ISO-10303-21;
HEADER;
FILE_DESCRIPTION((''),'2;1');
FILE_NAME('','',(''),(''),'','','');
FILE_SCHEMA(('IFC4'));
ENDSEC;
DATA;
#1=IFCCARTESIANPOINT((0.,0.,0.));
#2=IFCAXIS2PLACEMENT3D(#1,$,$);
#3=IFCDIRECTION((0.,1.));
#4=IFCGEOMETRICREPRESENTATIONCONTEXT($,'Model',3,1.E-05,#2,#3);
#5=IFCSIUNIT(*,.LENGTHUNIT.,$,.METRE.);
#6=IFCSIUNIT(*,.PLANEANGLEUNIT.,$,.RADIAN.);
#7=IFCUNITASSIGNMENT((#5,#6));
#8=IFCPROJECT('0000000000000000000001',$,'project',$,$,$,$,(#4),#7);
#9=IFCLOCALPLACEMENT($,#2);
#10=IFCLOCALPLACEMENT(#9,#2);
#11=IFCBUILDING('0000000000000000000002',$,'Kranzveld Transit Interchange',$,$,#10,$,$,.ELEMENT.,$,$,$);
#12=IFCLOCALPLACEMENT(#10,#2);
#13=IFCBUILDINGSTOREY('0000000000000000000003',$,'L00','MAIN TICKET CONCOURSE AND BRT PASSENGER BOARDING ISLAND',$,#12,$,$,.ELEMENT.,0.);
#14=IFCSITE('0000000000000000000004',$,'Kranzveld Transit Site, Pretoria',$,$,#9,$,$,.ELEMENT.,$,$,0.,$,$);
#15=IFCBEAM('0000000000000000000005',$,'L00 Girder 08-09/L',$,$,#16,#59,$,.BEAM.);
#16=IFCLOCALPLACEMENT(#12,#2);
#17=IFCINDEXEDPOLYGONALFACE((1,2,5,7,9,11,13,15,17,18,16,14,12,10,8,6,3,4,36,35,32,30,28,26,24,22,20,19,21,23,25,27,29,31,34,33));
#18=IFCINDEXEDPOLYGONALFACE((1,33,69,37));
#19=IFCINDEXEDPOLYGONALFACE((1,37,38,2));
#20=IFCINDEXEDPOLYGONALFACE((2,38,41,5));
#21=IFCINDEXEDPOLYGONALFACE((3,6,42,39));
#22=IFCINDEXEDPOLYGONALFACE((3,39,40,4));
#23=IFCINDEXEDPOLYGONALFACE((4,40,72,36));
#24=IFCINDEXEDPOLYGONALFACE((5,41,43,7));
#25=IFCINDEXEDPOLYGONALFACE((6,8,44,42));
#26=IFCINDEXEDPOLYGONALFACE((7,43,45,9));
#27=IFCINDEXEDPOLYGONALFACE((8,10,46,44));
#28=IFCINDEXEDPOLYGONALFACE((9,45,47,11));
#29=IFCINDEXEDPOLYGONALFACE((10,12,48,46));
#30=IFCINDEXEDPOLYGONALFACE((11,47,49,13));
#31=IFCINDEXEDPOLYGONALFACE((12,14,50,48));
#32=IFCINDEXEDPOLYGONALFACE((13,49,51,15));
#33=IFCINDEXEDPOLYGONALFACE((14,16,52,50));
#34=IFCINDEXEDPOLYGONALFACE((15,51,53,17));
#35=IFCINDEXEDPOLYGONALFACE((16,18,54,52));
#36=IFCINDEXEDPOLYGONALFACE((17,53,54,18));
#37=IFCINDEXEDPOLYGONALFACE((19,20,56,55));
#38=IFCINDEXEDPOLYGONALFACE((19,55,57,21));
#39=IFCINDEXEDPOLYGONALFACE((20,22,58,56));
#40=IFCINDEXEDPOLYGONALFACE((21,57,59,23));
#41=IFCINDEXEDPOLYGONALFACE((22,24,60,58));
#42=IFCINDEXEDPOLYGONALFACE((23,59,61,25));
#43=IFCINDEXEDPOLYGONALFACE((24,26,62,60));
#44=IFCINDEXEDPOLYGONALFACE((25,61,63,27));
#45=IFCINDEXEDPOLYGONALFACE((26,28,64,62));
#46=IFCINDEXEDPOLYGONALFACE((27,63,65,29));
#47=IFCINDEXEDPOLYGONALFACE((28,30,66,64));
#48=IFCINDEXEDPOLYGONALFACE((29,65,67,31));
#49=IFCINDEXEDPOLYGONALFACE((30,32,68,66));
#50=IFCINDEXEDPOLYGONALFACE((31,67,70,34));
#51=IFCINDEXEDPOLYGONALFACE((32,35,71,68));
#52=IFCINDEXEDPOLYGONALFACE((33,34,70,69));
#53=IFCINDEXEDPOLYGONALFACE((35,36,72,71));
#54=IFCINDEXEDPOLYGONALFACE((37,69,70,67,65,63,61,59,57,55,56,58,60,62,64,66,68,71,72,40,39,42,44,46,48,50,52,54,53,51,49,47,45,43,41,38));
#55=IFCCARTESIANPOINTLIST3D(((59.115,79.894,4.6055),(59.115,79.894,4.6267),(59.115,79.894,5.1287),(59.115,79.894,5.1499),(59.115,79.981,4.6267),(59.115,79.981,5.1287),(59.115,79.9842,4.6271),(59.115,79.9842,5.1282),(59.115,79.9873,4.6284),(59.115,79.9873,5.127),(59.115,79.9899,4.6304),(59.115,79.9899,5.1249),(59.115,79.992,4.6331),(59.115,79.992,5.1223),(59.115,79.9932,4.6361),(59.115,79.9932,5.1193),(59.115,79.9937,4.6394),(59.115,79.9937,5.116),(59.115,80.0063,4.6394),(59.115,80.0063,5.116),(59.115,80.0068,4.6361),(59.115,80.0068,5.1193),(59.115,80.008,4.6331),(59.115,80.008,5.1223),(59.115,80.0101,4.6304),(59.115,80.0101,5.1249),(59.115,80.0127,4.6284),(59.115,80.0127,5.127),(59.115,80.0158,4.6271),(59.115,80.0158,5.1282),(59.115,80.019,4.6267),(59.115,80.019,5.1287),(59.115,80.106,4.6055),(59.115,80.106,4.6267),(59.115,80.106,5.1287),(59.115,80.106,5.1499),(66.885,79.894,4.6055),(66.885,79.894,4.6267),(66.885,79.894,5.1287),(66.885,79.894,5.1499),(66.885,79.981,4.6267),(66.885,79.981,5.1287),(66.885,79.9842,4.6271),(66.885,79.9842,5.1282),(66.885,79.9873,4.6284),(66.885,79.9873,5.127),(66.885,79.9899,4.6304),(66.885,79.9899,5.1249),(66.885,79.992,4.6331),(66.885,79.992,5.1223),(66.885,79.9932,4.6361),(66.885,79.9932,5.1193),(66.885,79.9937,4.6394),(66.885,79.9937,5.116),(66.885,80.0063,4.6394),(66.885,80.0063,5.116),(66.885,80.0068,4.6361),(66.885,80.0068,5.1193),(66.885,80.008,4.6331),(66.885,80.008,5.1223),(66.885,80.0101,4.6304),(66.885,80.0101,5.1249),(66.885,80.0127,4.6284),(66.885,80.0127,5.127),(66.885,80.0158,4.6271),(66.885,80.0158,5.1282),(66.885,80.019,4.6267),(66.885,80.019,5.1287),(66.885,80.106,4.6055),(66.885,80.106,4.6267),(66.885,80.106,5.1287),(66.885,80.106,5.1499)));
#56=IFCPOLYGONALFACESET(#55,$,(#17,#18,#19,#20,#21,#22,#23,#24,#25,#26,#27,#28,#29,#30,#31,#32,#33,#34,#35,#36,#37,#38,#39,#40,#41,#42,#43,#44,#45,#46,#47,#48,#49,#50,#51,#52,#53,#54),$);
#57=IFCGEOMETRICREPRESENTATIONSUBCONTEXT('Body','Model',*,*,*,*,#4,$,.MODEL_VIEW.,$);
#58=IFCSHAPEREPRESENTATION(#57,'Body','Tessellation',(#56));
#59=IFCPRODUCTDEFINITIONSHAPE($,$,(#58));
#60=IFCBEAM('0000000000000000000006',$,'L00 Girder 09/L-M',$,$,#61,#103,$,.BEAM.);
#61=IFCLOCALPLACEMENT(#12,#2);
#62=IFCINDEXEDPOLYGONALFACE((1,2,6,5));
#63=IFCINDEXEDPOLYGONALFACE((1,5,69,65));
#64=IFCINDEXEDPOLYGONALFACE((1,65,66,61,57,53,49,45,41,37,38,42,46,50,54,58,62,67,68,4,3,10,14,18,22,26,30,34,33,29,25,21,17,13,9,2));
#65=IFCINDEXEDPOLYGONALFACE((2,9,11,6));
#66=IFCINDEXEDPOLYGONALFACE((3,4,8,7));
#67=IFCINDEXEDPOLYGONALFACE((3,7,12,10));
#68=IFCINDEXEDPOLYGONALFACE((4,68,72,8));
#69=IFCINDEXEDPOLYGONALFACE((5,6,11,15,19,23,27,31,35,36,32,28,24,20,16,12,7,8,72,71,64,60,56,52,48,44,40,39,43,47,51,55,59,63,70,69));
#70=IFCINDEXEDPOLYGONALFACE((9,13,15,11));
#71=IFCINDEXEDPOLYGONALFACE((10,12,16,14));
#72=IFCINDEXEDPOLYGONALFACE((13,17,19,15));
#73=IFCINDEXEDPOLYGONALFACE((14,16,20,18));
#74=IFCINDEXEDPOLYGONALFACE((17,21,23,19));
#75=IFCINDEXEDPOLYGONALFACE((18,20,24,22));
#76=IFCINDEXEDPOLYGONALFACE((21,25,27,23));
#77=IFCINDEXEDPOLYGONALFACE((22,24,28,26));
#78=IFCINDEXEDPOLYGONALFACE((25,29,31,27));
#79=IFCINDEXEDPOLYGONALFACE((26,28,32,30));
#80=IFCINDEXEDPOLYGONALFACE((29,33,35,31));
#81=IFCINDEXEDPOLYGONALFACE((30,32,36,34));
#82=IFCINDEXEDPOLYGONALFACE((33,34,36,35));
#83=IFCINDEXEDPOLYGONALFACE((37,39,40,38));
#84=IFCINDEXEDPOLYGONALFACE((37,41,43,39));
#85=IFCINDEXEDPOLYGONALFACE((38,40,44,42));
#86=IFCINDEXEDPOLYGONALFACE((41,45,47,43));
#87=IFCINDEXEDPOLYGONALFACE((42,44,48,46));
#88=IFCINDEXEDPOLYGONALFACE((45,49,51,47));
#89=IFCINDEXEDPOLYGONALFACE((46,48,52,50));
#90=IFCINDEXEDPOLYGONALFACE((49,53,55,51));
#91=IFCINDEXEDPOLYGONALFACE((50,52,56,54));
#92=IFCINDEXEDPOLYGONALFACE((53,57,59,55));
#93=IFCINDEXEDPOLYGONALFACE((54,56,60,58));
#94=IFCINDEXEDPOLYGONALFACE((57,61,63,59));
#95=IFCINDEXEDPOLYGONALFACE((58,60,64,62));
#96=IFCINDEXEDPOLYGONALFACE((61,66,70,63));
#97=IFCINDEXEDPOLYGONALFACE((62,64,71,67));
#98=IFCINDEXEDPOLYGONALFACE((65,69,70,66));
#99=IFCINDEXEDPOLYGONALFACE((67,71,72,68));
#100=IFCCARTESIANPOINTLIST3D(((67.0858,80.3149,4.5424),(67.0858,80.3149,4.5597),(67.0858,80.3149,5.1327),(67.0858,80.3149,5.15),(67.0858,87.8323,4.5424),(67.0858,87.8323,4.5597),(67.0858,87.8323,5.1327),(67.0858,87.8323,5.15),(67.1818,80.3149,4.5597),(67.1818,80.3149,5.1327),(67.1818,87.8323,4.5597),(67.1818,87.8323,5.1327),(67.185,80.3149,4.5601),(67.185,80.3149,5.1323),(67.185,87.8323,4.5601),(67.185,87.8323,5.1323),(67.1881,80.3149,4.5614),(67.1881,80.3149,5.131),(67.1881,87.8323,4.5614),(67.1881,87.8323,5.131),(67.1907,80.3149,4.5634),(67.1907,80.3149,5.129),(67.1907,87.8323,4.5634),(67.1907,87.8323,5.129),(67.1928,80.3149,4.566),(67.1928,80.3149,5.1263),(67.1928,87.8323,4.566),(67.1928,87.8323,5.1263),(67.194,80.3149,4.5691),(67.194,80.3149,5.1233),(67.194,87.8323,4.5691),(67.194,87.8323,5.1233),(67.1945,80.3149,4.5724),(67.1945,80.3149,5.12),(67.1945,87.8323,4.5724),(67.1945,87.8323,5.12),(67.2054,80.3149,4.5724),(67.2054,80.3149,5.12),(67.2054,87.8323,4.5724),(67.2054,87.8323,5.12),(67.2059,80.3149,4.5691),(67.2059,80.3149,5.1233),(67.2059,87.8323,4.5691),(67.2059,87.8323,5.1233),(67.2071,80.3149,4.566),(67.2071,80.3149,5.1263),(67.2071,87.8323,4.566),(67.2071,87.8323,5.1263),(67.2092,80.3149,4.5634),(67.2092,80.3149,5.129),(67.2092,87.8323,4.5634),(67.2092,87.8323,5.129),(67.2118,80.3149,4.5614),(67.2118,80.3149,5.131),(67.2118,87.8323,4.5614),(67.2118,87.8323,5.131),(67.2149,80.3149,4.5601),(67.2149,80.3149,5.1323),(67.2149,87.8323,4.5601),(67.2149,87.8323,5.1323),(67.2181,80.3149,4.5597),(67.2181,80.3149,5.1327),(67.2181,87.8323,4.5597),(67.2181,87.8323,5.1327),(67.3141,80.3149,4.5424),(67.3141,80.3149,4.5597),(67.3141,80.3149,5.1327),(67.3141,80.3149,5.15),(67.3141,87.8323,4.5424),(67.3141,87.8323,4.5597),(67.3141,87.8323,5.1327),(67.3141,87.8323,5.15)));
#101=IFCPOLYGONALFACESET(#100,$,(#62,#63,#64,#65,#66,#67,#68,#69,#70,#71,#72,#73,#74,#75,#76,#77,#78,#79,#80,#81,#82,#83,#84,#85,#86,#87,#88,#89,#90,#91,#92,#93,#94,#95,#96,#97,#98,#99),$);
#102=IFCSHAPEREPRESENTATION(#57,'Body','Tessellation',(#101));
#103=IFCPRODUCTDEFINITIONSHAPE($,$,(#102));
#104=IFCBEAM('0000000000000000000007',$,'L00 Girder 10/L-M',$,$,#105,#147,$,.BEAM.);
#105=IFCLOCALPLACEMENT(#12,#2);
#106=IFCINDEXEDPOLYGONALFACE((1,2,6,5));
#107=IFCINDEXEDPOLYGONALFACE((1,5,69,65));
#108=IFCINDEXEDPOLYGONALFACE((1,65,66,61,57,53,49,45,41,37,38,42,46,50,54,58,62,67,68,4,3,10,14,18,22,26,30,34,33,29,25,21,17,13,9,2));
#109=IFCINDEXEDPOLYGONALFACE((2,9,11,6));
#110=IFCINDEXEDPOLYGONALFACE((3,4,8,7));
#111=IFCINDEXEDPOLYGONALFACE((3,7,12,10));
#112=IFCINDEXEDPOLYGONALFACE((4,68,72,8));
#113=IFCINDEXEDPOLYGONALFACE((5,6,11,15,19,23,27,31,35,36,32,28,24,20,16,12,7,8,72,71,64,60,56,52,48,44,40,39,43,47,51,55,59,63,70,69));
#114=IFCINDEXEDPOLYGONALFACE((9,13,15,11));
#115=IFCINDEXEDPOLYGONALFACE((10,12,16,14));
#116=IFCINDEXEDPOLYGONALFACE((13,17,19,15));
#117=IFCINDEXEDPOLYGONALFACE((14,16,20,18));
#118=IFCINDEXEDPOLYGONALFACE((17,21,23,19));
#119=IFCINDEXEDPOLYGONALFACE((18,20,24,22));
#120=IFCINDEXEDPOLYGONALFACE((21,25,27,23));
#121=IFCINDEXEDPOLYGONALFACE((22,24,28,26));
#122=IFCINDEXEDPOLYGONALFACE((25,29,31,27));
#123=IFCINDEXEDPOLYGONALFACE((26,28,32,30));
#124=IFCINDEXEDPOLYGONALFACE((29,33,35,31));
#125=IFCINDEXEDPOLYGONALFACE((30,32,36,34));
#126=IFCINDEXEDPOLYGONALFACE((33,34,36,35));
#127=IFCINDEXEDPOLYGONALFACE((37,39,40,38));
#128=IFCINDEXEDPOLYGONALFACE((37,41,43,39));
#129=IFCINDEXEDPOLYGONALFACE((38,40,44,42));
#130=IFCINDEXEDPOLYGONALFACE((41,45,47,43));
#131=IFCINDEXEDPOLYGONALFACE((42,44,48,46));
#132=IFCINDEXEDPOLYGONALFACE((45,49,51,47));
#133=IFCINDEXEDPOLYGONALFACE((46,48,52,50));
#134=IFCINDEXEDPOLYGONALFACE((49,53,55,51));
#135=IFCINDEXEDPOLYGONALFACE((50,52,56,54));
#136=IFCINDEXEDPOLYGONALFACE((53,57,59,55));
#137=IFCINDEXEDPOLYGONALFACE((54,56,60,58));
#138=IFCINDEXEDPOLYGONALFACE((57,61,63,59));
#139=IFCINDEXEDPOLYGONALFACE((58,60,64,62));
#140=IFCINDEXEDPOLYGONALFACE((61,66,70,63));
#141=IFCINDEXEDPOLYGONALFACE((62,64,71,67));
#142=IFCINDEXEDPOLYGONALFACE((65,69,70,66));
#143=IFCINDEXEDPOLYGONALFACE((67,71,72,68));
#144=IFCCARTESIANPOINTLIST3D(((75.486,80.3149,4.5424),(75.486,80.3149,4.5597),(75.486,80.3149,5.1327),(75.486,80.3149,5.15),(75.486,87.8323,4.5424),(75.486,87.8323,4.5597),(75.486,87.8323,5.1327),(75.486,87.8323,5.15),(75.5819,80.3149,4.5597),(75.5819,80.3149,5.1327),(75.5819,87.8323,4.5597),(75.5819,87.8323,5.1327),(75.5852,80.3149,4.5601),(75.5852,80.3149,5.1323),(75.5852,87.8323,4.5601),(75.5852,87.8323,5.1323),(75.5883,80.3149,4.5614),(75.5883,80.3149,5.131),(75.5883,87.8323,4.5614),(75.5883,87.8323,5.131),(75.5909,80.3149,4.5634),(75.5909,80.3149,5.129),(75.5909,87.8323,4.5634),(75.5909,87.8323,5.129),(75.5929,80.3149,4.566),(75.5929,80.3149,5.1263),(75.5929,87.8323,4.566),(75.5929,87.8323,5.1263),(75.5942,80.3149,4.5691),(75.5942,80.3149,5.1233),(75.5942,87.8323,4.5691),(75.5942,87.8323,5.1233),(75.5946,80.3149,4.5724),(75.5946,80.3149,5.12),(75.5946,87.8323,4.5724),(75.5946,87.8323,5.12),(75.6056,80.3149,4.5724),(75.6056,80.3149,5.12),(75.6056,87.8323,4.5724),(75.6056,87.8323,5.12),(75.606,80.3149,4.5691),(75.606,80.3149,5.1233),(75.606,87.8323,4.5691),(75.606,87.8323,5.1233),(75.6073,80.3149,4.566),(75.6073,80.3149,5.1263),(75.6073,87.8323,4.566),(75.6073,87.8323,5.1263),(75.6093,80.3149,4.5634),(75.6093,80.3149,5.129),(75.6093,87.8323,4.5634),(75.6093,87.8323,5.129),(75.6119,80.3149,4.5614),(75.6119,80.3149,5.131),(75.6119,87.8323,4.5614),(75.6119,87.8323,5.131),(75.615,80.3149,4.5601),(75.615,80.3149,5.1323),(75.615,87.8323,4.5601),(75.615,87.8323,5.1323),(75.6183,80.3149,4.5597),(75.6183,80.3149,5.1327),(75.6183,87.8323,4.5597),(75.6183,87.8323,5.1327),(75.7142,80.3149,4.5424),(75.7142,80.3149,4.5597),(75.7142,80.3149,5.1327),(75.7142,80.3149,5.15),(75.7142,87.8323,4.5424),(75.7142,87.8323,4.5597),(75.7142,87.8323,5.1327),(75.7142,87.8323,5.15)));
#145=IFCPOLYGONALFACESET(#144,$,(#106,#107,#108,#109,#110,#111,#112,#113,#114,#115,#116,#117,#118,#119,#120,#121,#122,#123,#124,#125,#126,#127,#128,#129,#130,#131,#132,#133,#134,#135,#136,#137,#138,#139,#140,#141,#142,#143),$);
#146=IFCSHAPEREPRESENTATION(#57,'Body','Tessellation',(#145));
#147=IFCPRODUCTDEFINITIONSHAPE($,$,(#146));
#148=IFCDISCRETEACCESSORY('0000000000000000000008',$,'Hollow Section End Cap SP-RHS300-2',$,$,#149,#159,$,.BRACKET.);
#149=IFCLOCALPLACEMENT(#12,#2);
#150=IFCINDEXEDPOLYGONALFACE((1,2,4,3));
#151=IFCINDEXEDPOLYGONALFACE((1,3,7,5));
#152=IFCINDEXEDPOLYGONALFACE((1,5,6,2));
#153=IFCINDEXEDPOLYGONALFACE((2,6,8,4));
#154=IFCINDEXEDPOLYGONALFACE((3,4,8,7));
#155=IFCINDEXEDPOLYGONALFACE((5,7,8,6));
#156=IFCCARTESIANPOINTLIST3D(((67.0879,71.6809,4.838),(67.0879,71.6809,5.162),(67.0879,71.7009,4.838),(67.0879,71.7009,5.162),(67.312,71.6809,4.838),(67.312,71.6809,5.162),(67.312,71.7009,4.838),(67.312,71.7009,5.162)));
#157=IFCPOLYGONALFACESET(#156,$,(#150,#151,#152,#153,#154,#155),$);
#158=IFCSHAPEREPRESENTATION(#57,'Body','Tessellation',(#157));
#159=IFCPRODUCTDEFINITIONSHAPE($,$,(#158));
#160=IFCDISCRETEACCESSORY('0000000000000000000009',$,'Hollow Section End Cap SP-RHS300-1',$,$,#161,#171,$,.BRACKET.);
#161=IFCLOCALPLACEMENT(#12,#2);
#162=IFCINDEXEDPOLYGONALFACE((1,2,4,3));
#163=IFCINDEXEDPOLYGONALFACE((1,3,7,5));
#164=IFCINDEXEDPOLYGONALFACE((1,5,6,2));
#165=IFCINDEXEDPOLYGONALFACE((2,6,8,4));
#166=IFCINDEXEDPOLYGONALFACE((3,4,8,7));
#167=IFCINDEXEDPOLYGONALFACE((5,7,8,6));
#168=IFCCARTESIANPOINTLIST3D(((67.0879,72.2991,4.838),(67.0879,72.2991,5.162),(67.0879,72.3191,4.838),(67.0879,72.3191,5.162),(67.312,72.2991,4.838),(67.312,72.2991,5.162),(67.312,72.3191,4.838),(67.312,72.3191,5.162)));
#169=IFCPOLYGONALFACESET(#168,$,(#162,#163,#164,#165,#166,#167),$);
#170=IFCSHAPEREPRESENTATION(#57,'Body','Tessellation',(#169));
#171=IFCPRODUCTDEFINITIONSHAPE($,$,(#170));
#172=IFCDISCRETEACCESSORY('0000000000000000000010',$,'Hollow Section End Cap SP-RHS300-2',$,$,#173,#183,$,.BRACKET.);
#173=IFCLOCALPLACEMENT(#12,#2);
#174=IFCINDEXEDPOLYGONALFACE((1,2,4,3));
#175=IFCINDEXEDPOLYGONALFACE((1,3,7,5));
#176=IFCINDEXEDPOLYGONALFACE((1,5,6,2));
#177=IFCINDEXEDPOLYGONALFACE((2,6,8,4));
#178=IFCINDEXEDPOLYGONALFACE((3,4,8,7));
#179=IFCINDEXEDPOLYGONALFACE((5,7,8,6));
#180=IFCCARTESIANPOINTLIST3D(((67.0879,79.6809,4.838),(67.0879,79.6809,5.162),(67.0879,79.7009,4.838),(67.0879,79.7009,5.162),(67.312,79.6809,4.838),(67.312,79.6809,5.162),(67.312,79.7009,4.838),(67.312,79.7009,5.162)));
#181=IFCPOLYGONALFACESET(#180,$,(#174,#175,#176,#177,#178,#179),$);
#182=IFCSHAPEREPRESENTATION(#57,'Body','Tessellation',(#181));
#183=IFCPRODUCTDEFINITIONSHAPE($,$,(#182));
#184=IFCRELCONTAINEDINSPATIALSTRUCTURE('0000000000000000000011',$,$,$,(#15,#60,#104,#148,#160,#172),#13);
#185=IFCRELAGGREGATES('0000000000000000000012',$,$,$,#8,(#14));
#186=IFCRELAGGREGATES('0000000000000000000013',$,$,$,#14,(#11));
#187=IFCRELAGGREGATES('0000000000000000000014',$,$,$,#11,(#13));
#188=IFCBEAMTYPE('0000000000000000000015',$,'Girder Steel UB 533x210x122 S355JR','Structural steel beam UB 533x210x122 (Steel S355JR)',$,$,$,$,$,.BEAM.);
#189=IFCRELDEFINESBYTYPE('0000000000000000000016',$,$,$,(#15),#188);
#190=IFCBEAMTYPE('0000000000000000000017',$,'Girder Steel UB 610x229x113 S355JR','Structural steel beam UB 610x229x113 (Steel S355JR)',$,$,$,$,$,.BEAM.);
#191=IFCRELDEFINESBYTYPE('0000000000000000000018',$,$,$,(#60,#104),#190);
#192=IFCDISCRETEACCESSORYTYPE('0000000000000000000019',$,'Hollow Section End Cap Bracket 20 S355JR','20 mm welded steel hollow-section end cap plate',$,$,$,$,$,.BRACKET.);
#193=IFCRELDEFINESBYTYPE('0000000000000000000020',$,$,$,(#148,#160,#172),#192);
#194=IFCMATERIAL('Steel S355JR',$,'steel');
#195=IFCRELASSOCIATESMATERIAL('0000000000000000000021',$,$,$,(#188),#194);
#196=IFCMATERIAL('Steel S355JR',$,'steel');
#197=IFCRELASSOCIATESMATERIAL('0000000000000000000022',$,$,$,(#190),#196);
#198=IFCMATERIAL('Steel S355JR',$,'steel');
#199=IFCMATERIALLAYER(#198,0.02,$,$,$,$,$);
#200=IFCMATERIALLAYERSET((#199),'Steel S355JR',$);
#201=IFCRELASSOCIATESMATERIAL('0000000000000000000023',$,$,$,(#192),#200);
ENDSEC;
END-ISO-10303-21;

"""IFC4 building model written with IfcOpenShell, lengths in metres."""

from ifc_helpers import new_model, si_unit, direction, frame, origin, origin_2d, place, context, subcontext, project, spatial, rectangle, i_section, extrude, material, layer, layer_set, material_profile, profile_set, type_object, element, save


model = new_model("IFC4")

# Units and contexts
model_context = context("Model", 3, precision=1e-05, world=origin(), true_north=direction((0.0, 1.0)))
body_context = subcontext(model_context, "Body", "Model", "MODEL_VIEW")
ifc_project = project(units=[si_unit("LENGTHUNIT", "METRE"), si_unit("PLANEANGLEUNIT", "RADIAN")], contexts=[model_context])

# Site, building, storey
site_placement = place(None, origin())
site = spatial("IfcSite", under=ifc_project, at=site_placement, Name="Kranzveld Transit Site, Pretoria", CompositionType="ELEMENT", RefElevation=0.0)
building_placement = place(site_placement, origin())
building = spatial("IfcBuilding", under=site, at=building_placement, Name="Kranzveld Transit Interchange", CompositionType="ELEMENT")
storey_placement = place(building_placement, origin())
storey = spatial("IfcBuildingStorey", under=building, at=storey_placement, Name="L00", Description="MAIN TICKET CONCOURSE AND BRT PASSENGER BOARDING ISLAND", CompositionType="ELEMENT", Elevation=0.0)

# Beams
ifc_material_1 = material(Name="Steel S355JR", Category="steel")
ifc_material_profile_1 = material_profile(ifc_material_1, i_section(OverallWidth=0.2119, OverallDepth=0.5444, WebThickness=0.0127, FlangeThickness=0.0212, FilletRadius=0.0127, at=origin_2d()), Name="UB 533x210x122")
ifc_profile_set_1 = profile_set([ifc_material_profile_1], Name="Steel S355JR")
beam_type_1 = type_object("IfcBeamType", Name="Girder Steel UB 533x210x122 S355JR", Description="Structural steel beam UB 533x210x122 (Steel S355JR)", PredefinedType="BEAM", material=ifc_profile_set_1)
for number, where, z_axis, x_axis, name in (
    (1, (59.115, 80.0, 4.8777), (1.0, 0.0, 0.0), (0.0, 1.0, 0.0), "L00 Girder 08-09/L"),
):
    element("IfcBeam", number, at=place(storey_placement, frame(where, z_axis=z_axis, x_axis=x_axis)), inside=storey, type_object=beam_type_1, Name=name, PredefinedType="BEAM", context=body_context, shape_type="SweptSolid", body=[
        extrude(i_section(OverallWidth=0.2119, OverallDepth=0.5444, WebThickness=0.0127, FlangeThickness=0.0212, FilletRadius=0.0127, at=origin_2d()), origin(), (0.0, 0.0, 1.0), 7.77),
    ])
ifc_material_2 = material(Name="Steel S355JR", Category="steel")
ifc_material_profile_2 = material_profile(ifc_material_2, i_section(OverallWidth=0.2283, OverallDepth=0.6077, WebThickness=0.011, FlangeThickness=0.0173, FilletRadius=0.0127, at=origin_2d()), Name="UB 610x229x113")
ifc_profile_set_2 = profile_set([ifc_material_profile_2], Name="Steel S355JR")
beam_type_2 = type_object("IfcBeamType", Name="Girder Steel UB 610x229x113 S355JR", Description="Structural steel beam UB 610x229x113 (Steel S355JR)", PredefinedType="BEAM", material=ifc_profile_set_2)
for number, where, z_axis, x_axis, name in (
    (2, (67.2, 80.3149, 4.8462), (0.0, 1.0, 0.0), (-1.0, 0.0, 0.0), "L00 Girder 09/L-M"),
    (3, (75.6001, 80.3149, 4.8462), (0.0, 1.0, 0.0), (-1.0, 0.0, 0.0), "L00 Girder 10/L-M"),
):
    element("IfcBeam", number, at=place(storey_placement, frame(where, z_axis=z_axis, x_axis=x_axis)), inside=storey, type_object=beam_type_2, Name=name, PredefinedType="BEAM", context=body_context, shape_type="SweptSolid", body=[
        extrude(i_section(OverallWidth=0.2283, OverallDepth=0.6077, WebThickness=0.011, FlangeThickness=0.0173, FilletRadius=0.0127, at=origin_2d()), origin(), (0.0, 0.0, 1.0), 7.5173),
    ])

# Discrete accessories
ifc_material_3 = material(Name="Steel S355JR", Category="steel")
ifc_layer = layer(ifc_material_3, 0.02)
ifc_layer_set = layer_set([ifc_layer], Name="Steel S355JR")
discrete_accessory_type = type_object("IfcDiscreteAccessoryType", Name="Hollow Section End Cap Bracket 20 S355JR", Description="20 mm welded steel hollow-section end cap plate", PredefinedType="BRACKET", material=ifc_layer_set)
for number, where, z_axis, x_axis, name in (
    (4, (67.2, 71.6809, 5.0), (0.0, 1.0, 0.0), (-1.0, 0.0, 0.0), "Hollow Section End Cap SP-RHS300-2"),
    (5, (67.2, 72.3191, 5.0), (0.0, -1.0, 0.0), (1.0, 0.0, 0.0), "Hollow Section End Cap SP-RHS300-1"),
    (6, (67.2, 79.6809, 5.0), (0.0, 1.0, 0.0), (-1.0, 0.0, 0.0), "Hollow Section End Cap SP-RHS300-2"),
):
    element("IfcDiscreteAccessory", number, at=place(storey_placement, frame(where, z_axis=z_axis, x_axis=x_axis)), inside=storey, type_object=discrete_accessory_type, Name=name, PredefinedType="BRACKET", context=body_context, shape_type="SweptSolid", body=[
        extrude(rectangle(XDim=0.2241, YDim=0.324, at=origin_2d()), origin(), (0.0, 0.0, 1.0), 0.02),
    ])

save(model, "model.ifc")
